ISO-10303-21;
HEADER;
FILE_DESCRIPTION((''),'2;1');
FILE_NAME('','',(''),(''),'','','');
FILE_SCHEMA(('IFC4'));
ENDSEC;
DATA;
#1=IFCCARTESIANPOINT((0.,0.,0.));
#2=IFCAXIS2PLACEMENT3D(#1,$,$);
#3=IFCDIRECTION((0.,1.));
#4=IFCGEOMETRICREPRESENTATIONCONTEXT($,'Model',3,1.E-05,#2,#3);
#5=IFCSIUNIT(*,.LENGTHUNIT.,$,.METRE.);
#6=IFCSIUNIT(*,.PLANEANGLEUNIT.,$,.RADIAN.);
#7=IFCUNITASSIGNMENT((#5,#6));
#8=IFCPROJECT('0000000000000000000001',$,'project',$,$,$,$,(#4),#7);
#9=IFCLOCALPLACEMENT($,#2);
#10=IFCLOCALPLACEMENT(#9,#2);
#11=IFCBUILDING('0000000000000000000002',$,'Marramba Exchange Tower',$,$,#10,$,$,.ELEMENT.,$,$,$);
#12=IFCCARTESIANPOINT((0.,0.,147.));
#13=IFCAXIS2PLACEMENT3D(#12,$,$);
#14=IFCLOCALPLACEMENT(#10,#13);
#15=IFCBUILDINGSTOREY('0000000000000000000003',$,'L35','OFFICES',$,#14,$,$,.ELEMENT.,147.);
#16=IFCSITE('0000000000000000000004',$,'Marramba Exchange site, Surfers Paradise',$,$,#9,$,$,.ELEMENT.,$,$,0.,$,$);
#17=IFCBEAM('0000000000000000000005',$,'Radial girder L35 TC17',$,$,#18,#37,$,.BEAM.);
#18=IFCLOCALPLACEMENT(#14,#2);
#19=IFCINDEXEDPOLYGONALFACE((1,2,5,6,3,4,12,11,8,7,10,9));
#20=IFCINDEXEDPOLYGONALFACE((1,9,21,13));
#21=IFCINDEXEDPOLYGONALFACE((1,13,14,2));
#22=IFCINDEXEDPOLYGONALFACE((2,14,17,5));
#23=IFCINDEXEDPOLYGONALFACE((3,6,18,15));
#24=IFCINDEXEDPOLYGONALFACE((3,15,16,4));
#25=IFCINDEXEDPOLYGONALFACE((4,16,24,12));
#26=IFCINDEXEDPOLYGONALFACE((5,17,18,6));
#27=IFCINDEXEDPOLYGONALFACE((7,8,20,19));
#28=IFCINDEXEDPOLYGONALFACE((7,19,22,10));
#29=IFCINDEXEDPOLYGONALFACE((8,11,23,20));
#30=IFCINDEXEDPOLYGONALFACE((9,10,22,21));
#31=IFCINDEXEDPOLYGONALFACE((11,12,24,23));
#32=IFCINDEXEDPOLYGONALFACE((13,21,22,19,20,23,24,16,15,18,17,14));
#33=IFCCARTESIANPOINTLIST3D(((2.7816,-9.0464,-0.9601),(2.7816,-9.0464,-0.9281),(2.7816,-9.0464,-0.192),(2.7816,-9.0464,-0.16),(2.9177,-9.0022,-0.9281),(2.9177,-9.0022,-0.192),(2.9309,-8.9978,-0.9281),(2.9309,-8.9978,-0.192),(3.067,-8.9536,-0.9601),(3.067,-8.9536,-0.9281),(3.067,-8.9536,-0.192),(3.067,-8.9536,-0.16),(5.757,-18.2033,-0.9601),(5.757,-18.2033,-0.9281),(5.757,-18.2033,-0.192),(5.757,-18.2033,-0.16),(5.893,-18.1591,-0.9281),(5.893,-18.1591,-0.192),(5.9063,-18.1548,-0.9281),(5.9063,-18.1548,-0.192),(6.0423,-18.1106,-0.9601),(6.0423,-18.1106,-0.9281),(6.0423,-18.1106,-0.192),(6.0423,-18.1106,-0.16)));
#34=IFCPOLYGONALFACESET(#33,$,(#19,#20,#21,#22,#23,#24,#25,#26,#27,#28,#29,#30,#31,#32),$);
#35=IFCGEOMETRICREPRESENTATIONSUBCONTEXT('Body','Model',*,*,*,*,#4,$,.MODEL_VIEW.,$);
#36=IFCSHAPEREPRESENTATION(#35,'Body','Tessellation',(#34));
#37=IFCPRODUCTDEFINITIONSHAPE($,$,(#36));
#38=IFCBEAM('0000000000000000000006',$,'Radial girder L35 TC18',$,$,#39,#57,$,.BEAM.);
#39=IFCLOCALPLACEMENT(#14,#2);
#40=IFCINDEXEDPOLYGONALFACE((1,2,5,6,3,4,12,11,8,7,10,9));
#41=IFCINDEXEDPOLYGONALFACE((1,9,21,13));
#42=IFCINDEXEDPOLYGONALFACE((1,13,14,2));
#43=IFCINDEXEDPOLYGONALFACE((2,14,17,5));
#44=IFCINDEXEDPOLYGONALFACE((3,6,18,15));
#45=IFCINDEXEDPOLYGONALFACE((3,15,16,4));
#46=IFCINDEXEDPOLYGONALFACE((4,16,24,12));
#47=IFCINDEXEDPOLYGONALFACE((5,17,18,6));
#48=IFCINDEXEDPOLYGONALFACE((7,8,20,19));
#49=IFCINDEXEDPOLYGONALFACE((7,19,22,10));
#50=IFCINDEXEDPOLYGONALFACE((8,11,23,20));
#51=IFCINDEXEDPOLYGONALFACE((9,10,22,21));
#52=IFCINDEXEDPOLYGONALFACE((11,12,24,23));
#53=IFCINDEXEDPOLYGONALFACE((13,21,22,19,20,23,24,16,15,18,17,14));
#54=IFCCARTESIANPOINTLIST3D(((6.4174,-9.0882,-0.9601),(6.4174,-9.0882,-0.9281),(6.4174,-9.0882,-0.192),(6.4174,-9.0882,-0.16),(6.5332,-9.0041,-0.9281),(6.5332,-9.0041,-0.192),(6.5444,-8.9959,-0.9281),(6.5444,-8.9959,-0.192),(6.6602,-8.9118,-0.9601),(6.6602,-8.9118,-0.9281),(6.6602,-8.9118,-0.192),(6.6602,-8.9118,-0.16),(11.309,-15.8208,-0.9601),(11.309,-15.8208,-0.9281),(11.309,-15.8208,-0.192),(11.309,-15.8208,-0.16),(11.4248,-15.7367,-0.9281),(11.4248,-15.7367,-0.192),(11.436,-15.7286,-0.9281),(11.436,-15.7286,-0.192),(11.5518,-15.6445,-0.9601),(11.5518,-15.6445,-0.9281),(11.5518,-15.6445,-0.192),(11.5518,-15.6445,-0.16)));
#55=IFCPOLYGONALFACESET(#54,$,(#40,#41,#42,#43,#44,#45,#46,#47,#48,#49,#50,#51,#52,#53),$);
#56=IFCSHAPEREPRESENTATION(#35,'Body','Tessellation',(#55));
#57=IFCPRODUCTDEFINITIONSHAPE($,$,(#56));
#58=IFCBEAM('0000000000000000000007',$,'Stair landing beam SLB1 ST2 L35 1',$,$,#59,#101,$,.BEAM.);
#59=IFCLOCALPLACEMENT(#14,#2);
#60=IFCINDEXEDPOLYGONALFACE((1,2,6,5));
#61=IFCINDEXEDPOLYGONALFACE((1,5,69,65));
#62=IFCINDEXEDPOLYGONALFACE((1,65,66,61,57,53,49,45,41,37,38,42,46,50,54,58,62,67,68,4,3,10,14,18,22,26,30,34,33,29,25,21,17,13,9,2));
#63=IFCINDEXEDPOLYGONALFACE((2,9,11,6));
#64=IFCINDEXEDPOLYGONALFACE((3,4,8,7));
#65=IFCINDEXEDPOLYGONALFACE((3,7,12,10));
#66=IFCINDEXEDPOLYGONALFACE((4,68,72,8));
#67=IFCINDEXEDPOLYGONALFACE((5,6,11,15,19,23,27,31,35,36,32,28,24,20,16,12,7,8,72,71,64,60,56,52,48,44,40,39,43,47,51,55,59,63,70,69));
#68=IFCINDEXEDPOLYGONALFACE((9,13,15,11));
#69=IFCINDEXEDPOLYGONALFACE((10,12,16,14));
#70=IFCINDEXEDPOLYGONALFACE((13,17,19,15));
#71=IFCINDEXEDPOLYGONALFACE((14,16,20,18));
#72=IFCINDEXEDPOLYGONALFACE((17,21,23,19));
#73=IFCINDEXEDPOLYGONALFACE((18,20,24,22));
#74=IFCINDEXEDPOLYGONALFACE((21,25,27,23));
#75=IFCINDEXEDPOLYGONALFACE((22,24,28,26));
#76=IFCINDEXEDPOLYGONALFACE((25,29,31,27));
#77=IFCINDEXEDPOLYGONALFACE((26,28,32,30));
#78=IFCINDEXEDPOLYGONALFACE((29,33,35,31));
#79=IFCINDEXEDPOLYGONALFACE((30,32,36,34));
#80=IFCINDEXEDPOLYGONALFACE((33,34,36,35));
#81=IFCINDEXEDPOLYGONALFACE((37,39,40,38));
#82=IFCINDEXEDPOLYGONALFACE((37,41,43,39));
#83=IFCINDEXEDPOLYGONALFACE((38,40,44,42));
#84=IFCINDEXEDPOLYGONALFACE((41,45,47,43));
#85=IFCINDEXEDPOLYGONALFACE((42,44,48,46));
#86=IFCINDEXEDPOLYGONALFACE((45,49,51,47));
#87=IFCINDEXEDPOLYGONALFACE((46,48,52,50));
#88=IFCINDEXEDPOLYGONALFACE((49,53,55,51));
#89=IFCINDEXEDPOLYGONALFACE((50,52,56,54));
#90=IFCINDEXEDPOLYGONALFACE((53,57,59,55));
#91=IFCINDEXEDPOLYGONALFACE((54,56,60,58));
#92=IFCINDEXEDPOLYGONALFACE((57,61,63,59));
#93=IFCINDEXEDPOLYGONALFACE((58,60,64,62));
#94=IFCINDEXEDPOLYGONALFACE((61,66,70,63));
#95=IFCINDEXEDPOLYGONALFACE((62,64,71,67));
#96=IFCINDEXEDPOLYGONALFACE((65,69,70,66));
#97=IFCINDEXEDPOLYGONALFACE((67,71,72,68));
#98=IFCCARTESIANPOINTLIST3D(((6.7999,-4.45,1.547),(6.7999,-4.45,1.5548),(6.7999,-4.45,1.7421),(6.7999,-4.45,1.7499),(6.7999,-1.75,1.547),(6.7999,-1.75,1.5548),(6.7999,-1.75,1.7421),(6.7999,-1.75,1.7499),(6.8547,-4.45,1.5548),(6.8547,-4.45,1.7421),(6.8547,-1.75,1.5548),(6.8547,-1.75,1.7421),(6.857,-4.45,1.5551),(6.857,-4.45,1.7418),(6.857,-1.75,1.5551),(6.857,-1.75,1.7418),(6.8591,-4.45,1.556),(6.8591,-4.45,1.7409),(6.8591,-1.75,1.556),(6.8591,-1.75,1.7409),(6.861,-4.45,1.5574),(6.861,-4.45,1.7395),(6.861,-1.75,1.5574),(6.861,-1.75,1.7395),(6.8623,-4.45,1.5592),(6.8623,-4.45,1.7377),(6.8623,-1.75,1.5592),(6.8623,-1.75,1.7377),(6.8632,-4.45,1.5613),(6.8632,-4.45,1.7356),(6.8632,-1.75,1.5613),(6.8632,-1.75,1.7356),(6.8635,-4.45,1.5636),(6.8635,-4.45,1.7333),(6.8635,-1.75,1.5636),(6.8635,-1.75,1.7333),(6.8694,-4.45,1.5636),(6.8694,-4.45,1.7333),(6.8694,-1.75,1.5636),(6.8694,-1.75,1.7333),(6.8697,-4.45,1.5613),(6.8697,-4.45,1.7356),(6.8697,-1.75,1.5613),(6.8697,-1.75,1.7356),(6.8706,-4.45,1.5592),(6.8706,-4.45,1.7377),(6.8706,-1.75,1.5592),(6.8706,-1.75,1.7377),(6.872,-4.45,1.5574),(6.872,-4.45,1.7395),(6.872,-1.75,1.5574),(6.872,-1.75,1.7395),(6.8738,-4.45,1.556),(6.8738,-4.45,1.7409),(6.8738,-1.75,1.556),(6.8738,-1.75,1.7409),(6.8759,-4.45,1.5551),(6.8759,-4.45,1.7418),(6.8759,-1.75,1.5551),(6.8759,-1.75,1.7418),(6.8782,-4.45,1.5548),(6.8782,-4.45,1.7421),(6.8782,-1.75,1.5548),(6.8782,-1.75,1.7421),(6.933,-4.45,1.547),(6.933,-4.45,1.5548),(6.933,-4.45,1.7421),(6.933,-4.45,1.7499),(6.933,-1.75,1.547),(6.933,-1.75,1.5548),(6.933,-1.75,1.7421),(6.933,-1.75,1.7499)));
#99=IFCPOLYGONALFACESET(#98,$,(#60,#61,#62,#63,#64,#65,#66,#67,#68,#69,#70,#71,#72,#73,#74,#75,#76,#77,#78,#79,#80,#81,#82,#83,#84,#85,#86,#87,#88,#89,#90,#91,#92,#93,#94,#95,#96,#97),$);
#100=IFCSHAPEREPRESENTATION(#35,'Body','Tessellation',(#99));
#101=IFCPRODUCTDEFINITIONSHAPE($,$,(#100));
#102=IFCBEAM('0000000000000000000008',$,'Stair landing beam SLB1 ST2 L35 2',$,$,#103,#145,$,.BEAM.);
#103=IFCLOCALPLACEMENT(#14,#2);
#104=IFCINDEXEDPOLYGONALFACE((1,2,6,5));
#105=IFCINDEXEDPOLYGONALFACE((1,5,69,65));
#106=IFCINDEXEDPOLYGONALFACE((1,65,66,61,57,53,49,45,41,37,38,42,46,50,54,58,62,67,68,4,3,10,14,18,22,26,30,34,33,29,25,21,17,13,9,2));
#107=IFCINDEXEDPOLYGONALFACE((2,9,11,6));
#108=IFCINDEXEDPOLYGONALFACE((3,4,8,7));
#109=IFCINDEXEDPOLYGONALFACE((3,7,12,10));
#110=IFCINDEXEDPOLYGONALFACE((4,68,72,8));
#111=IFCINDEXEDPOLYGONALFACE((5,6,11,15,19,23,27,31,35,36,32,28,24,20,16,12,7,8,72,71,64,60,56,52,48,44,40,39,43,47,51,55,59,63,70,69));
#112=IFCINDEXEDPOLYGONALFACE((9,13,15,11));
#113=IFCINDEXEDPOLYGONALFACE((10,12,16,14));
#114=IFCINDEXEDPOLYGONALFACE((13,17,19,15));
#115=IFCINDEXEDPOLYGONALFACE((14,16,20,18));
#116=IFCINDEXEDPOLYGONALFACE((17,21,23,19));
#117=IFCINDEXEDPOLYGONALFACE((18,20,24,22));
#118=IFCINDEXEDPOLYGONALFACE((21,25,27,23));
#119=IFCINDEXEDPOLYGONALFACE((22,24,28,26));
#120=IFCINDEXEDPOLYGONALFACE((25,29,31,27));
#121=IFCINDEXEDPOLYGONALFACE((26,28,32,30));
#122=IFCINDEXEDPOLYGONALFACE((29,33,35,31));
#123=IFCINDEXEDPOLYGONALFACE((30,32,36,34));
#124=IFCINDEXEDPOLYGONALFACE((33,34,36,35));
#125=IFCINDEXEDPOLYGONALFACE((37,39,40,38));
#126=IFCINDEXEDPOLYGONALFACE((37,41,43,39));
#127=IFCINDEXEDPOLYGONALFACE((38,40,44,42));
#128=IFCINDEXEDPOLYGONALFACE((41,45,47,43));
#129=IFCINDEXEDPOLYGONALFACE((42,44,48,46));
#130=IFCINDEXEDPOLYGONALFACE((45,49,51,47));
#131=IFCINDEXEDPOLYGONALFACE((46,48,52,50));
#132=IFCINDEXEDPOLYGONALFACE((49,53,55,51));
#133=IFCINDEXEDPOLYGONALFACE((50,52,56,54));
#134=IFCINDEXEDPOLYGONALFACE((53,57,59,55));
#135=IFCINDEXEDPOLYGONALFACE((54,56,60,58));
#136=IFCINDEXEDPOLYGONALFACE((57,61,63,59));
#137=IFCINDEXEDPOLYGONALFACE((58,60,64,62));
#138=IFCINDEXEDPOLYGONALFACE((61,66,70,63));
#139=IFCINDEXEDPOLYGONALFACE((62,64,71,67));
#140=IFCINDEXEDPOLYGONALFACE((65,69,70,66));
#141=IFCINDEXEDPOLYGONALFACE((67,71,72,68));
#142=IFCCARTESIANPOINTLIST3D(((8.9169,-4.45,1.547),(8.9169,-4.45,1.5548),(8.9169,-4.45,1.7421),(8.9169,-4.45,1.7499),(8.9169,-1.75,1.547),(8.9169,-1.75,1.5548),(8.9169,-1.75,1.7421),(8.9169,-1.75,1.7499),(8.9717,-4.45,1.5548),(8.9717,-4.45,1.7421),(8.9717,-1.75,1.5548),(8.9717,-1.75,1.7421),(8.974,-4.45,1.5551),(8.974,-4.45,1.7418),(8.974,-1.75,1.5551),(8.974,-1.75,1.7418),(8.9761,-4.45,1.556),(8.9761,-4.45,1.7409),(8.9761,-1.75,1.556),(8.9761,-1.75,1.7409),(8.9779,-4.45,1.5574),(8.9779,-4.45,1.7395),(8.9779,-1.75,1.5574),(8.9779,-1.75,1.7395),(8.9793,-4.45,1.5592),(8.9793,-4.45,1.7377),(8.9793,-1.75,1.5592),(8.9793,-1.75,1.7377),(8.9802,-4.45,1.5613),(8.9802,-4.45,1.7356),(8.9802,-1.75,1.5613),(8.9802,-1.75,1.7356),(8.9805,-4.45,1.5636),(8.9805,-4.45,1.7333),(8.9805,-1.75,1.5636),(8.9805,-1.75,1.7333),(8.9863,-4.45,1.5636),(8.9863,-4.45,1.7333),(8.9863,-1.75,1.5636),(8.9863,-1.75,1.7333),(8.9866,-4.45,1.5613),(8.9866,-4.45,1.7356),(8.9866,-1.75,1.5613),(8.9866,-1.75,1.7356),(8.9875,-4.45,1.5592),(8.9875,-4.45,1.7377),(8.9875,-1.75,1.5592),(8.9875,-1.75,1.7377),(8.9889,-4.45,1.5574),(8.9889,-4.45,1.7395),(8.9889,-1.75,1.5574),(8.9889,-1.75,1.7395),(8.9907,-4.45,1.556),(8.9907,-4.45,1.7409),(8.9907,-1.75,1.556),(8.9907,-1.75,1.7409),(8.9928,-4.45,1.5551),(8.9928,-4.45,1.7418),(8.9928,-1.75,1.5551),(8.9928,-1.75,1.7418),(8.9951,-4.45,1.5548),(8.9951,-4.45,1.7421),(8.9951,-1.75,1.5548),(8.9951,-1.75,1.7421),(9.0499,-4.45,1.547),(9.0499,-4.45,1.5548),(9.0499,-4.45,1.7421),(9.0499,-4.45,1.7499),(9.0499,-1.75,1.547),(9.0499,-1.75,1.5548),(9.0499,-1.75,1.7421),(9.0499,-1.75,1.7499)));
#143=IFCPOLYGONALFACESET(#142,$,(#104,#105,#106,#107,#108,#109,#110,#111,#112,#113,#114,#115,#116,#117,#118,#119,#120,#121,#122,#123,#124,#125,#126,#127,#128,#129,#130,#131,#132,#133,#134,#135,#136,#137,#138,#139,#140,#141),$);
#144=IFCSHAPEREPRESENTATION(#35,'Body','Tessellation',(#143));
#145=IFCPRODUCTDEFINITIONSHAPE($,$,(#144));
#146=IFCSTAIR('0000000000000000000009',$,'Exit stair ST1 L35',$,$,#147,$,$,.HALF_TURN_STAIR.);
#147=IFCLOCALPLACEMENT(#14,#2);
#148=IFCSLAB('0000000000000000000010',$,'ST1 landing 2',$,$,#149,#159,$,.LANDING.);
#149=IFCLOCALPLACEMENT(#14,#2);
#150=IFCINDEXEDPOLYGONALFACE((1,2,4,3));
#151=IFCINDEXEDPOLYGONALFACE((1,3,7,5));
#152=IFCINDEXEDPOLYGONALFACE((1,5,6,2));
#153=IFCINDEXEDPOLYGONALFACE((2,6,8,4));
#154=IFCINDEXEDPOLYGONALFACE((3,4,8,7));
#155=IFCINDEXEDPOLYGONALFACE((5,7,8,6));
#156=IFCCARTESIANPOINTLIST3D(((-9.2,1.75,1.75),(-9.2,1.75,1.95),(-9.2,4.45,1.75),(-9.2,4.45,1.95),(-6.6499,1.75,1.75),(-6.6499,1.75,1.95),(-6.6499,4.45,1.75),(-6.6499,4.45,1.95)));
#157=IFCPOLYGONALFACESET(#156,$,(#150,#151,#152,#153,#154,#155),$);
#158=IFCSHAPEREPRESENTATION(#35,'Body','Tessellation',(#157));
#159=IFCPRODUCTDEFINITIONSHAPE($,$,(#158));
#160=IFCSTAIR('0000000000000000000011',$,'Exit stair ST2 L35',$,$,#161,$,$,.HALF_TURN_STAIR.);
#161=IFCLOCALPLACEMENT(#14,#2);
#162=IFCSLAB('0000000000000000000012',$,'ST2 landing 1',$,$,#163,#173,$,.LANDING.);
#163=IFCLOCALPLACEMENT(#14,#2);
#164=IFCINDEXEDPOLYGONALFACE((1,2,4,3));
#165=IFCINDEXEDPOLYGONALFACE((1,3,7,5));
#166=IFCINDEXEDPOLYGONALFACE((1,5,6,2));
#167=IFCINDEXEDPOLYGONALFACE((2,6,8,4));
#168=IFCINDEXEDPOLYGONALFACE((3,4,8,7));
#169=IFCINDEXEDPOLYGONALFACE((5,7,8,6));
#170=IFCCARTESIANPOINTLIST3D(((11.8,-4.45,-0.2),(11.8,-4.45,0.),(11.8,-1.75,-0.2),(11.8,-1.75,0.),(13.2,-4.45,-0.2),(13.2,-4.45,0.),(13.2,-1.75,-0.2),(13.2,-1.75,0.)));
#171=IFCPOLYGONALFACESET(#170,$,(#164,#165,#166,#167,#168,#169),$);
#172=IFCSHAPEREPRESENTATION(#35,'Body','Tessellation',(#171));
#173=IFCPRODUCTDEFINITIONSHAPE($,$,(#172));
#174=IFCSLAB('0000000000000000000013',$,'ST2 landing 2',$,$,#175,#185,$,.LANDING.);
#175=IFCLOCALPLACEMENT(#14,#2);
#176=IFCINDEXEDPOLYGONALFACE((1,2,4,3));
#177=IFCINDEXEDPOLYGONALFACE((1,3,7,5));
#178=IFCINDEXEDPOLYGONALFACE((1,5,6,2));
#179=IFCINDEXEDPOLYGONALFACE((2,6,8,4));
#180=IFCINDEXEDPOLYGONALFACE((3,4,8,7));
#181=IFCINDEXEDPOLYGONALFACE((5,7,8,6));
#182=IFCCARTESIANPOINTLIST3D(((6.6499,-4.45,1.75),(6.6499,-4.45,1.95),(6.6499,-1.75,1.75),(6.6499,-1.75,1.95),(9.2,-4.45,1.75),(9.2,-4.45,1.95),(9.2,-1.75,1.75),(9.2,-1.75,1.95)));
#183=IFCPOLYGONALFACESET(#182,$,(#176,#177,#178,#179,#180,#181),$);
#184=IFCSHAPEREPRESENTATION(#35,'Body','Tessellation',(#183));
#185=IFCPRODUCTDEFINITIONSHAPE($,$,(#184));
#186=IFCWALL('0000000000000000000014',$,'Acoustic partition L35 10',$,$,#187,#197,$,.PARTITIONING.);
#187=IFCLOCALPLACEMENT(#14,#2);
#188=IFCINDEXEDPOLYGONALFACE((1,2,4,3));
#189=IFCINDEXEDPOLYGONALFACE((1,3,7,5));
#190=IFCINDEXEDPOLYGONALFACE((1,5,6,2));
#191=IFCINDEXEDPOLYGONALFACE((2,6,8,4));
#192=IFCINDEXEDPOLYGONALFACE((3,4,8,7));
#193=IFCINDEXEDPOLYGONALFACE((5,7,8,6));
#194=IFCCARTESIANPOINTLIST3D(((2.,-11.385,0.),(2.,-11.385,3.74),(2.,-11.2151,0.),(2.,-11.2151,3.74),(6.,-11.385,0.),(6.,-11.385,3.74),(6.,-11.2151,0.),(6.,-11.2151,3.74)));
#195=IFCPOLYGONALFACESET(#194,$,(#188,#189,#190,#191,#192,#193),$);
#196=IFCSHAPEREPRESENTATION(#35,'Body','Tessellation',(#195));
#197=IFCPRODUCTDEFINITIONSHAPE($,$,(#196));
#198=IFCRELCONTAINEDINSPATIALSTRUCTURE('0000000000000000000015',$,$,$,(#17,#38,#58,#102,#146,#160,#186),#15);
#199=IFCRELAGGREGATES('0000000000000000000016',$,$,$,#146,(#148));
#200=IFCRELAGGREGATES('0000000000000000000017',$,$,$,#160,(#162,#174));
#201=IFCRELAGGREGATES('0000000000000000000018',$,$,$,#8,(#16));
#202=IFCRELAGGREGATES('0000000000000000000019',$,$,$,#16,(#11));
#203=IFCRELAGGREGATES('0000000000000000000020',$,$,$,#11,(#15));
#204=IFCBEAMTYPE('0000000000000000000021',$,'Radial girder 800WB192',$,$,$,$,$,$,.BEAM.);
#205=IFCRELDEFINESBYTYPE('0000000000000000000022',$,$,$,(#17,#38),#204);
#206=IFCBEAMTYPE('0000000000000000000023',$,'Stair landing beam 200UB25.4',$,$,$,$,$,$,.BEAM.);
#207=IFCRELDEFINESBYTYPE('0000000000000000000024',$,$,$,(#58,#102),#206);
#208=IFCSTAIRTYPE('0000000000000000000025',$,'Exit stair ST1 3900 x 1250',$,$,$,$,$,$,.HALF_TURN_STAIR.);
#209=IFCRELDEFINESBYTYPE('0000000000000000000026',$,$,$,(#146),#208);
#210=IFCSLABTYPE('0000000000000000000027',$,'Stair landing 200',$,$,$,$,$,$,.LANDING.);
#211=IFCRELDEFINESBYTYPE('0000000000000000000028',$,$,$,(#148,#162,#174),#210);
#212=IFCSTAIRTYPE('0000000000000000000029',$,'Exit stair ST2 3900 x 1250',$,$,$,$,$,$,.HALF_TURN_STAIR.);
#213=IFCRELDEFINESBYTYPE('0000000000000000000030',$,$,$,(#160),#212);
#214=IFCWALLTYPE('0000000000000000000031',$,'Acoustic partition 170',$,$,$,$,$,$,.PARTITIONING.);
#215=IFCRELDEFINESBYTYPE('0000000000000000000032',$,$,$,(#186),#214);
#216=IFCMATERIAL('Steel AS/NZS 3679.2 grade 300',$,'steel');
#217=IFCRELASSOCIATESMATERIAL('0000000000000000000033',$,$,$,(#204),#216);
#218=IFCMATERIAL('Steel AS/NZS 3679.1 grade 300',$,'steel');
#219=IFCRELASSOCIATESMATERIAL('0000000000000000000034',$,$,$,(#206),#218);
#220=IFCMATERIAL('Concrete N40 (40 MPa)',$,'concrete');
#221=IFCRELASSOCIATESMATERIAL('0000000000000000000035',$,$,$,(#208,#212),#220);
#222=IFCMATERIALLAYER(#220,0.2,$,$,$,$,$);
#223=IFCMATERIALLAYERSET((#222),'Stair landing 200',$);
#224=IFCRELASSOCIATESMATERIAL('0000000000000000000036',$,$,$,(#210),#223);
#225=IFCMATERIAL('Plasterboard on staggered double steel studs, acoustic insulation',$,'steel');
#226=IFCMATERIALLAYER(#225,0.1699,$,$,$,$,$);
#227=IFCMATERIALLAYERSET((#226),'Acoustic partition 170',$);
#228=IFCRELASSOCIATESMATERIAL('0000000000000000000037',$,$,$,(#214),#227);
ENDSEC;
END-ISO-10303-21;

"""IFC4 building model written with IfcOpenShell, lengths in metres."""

from ifc_helpers import new_model, si_unit, direction, frame, frame_2d, origin, origin_2d, place, context, subcontext, project, spatial, polyline, rectangle, i_section, outline, extrude, material, layer, layer_set, material_profile, profile_set, type_object, element, aggregate, save


model = new_model("IFC4")

# Units and contexts
model_context = context("Model", 3, precision=1e-05, world=origin(), true_north=direction((0.0, 1.0)))
body_context = subcontext(model_context, "Body", "Model", "MODEL_VIEW")
ifc_project = project(units=[si_unit("LENGTHUNIT", "METRE"), si_unit("PLANEANGLEUNIT", "RADIAN")], contexts=[model_context])

# Site, building, storey
site_placement = place(None, origin())
site = spatial("IfcSite", under=ifc_project, at=site_placement, Name="Marramba Exchange site, Surfers Paradise", CompositionType="ELEMENT", RefElevation=0.0)
building_placement = place(site_placement, origin())
building = spatial("IfcBuilding", under=site, at=building_placement, Name="Marramba Exchange Tower", CompositionType="ELEMENT")
storey_placement = place(building_placement, frame((0.0, 0.0, 147.0)))
storey = spatial("IfcBuildingStorey", under=building, at=storey_placement, Name="L35", Description="OFFICES", CompositionType="ELEMENT", Elevation=147.0)

# Beams
ifc_material_1 = material(Name="Steel AS/NZS 3679.2 grade 300", Category="steel")
ifc_material_profile_1 = material_profile(ifc_material_1, i_section(OverallWidth=0.3, OverallDepth=0.8, WebThickness=0.0139, FlangeThickness=0.032, at=origin_2d()), Name="800WB192")
ifc_profile_set_1 = profile_set([ifc_material_profile_1], Name="Steel AS/NZS 3679.2 grade 300")
beam_type_1 = type_object("IfcBeamType", Name="Radial girder 800WB192", PredefinedType="BEAM", material=ifc_profile_set_1)
beam_1_placement = place(storey_placement, frame((2.9243, -9.0, -0.5601), z_axis=(0.309022, -0.951055, 0.0), x_axis=(0.951055, 0.309022, 0.0)))
element("IfcBeam", 1, at=beam_1_placement, inside=storey, type_object=beam_type_1, Name="Radial girder L35 TC17", PredefinedType="BEAM", context=body_context, shape_type="SweptSolid", body=[
    extrude(i_section(OverallWidth=0.3, OverallDepth=0.8, WebThickness=0.0139, FlangeThickness=0.032, at=origin_2d()), origin(), (0.0, 0.0, 1.0), 9.6282),
])
beam_2_placement = place(storey_placement, frame((6.5388, -9.0, -0.5601), z_axis=(0.587788, -0.809015, 0.0), x_axis=(0.809015, 0.587788, 0.0)))
element("IfcBeam", 2, at=beam_2_placement, inside=storey, type_object=beam_type_1, Name="Radial girder L35 TC18", PredefinedType="BEAM", context=body_context, shape_type="SweptSolid", body=[
    extrude(i_section(OverallWidth=0.3, OverallDepth=0.8, WebThickness=0.0139, FlangeThickness=0.032, at=origin_2d()), origin(), (0.0, 0.0, 1.0), 8.322),
])
ifc_material_2 = material(Name="Steel AS/NZS 3679.1 grade 300", Category="steel")
ifc_material_profile_2 = material_profile(ifc_material_2, i_section(OverallWidth=0.1331, OverallDepth=0.2029, WebThickness=0.0059, FlangeThickness=0.0078, FilletRadius=0.0088, at=origin_2d()), Name="200UB25.4")
ifc_profile_set_2 = profile_set([ifc_material_profile_2], Name="Steel AS/NZS 3679.1 grade 300")
beam_type_2 = type_object("IfcBeamType", Name="Stair landing beam 200UB25.4", PredefinedType="BEAM", material=ifc_profile_set_2)
for number, where, z_axis, x_axis, name in (
    (3, (6.8665, -4.45, 1.6484), (0.0, 1.0, 0.0), (-1.0, 0.0, 0.0), "Stair landing beam SLB1 ST2 L35 1"),
    (4, (8.9834, -4.45, 1.6484), (0.0, 1.0, 0.0), (-1.0, 0.0, 0.0), "Stair landing beam SLB1 ST2 L35 2"),
):
    element("IfcBeam", number, at=place(storey_placement, frame(where, z_axis=z_axis, x_axis=x_axis)), inside=storey, type_object=beam_type_2, Name=name, PredefinedType="BEAM", context=body_context, shape_type="SweptSolid", body=[
        extrude(i_section(OverallWidth=0.1331, OverallDepth=0.2029, WebThickness=0.0059, FlangeThickness=0.0078, FilletRadius=0.0088, at=origin_2d()), origin(), (0.0, 0.0, 1.0), 2.7),
    ])

# Stair, slab
ifc_material_3 = material(Name="Concrete N40 (40 MPa)", Category="concrete")
stair_type_1 = type_object("IfcStairType", Name="Exit stair ST1 3900 x 1250", PredefinedType="HALF_TURN_STAIR", material=ifc_material_3)
stair_1_placement = place(storey_placement, origin())
stair_1 = element("IfcStair", 5, at=stair_1_placement, inside=storey, type_object=stair_type_1, Name="Exit stair ST1 L35", PredefinedType="HALF_TURN_STAIR")
ifc_layer_1 = layer(ifc_material_3, 0.2)
ifc_layer_set_1 = layer_set([ifc_layer_1], Name="Stair landing 200")
slab_type = type_object("IfcSlabType", Name="Stair landing 200", PredefinedType="LANDING", material=ifc_layer_set_1)
slab_1_placement = place(storey_placement, frame((0.0, 0.0, 1.75)))
slab_1 = element("IfcSlab", 6, at=slab_1_placement, type_object=slab_type, Name="ST1 landing 2", PredefinedType="LANDING", context=body_context, shape_type="SweptSolid", body=[
    extrude(outline(polyline([(-9.2, 1.75), (-6.6499, 1.75), (-6.6499, 4.45), (-9.2, 4.45), (-9.2, 1.75)])), origin(), (0.0, 0.0, 1.0), 0.2),
])
aggregate(stair_1, [slab_1])

# Stair, slabs
stair_type_2 = type_object("IfcStairType", Name="Exit stair ST2 3900 x 1250", PredefinedType="HALF_TURN_STAIR", material=ifc_material_3)
stair_2_placement = place(storey_placement, origin())
stair_2 = element("IfcStair", 7, at=stair_2_placement, inside=storey, type_object=stair_type_2, Name="Exit stair ST2 L35", PredefinedType="HALF_TURN_STAIR")
slab_2_placement = place(storey_placement, frame((0.0, 0.0, -0.2)))
slab_2 = element("IfcSlab", 8, at=slab_2_placement, type_object=slab_type, Name="ST2 landing 1", PredefinedType="LANDING", context=body_context, shape_type="SweptSolid", body=[
    extrude(outline(polyline([(11.8, -4.45), (13.2, -4.45), (13.2, -1.75), (11.8, -1.75), (11.8, -4.45)])), origin(), (0.0, 0.0, 1.0), 0.2),
])
slab_3_placement = place(storey_placement, frame((0.0, 0.0, 1.75)))
slab_3 = element("IfcSlab", 9, at=slab_3_placement, type_object=slab_type, Name="ST2 landing 2", PredefinedType="LANDING", context=body_context, shape_type="SweptSolid", body=[
    extrude(outline(polyline([(6.6499, -4.45), (9.2, -4.45), (9.2, -1.75), (6.6499, -1.75), (6.6499, -4.45)])), origin(), (0.0, 0.0, 1.0), 0.2),
])

# Wall
ifc_material_4 = material(Name="Plasterboard on staggered double steel studs, acoustic insulation", Category="steel")
ifc_layer_2 = layer(ifc_material_4, 0.1699)
ifc_layer_set_2 = layer_set([ifc_layer_2], Name="Acoustic partition 170")
wall_type_1 = type_object("IfcWallType", Name="Acoustic partition 170", PredefinedType="PARTITIONING", material=ifc_layer_set_2)
for number, where, z_axis, x_axis, name in (
    (10, (6.0, -11.3, 0.0), (0.0, 0.0, 1.0), (-1.0, 0.0, 0.0), "Acoustic partition L35 10"),
):
    element("IfcWall", number, at=place(storey_placement, frame(where, z_axis=z_axis, x_axis=x_axis)), inside=storey, type_object=wall_type_1, Name=name, PredefinedType="PARTITIONING", context=body_context, shape_type="SweptSolid", body=[
        extrude(rectangle(XDim=4.0, YDim=0.1699, at=frame_2d((2.0, 0.0))), origin(), (0.0, 0.0, 1.0), 3.74),
    ])

aggregate(stair_2, [slab_2, slab_3])

save(model, "model.ifc")
